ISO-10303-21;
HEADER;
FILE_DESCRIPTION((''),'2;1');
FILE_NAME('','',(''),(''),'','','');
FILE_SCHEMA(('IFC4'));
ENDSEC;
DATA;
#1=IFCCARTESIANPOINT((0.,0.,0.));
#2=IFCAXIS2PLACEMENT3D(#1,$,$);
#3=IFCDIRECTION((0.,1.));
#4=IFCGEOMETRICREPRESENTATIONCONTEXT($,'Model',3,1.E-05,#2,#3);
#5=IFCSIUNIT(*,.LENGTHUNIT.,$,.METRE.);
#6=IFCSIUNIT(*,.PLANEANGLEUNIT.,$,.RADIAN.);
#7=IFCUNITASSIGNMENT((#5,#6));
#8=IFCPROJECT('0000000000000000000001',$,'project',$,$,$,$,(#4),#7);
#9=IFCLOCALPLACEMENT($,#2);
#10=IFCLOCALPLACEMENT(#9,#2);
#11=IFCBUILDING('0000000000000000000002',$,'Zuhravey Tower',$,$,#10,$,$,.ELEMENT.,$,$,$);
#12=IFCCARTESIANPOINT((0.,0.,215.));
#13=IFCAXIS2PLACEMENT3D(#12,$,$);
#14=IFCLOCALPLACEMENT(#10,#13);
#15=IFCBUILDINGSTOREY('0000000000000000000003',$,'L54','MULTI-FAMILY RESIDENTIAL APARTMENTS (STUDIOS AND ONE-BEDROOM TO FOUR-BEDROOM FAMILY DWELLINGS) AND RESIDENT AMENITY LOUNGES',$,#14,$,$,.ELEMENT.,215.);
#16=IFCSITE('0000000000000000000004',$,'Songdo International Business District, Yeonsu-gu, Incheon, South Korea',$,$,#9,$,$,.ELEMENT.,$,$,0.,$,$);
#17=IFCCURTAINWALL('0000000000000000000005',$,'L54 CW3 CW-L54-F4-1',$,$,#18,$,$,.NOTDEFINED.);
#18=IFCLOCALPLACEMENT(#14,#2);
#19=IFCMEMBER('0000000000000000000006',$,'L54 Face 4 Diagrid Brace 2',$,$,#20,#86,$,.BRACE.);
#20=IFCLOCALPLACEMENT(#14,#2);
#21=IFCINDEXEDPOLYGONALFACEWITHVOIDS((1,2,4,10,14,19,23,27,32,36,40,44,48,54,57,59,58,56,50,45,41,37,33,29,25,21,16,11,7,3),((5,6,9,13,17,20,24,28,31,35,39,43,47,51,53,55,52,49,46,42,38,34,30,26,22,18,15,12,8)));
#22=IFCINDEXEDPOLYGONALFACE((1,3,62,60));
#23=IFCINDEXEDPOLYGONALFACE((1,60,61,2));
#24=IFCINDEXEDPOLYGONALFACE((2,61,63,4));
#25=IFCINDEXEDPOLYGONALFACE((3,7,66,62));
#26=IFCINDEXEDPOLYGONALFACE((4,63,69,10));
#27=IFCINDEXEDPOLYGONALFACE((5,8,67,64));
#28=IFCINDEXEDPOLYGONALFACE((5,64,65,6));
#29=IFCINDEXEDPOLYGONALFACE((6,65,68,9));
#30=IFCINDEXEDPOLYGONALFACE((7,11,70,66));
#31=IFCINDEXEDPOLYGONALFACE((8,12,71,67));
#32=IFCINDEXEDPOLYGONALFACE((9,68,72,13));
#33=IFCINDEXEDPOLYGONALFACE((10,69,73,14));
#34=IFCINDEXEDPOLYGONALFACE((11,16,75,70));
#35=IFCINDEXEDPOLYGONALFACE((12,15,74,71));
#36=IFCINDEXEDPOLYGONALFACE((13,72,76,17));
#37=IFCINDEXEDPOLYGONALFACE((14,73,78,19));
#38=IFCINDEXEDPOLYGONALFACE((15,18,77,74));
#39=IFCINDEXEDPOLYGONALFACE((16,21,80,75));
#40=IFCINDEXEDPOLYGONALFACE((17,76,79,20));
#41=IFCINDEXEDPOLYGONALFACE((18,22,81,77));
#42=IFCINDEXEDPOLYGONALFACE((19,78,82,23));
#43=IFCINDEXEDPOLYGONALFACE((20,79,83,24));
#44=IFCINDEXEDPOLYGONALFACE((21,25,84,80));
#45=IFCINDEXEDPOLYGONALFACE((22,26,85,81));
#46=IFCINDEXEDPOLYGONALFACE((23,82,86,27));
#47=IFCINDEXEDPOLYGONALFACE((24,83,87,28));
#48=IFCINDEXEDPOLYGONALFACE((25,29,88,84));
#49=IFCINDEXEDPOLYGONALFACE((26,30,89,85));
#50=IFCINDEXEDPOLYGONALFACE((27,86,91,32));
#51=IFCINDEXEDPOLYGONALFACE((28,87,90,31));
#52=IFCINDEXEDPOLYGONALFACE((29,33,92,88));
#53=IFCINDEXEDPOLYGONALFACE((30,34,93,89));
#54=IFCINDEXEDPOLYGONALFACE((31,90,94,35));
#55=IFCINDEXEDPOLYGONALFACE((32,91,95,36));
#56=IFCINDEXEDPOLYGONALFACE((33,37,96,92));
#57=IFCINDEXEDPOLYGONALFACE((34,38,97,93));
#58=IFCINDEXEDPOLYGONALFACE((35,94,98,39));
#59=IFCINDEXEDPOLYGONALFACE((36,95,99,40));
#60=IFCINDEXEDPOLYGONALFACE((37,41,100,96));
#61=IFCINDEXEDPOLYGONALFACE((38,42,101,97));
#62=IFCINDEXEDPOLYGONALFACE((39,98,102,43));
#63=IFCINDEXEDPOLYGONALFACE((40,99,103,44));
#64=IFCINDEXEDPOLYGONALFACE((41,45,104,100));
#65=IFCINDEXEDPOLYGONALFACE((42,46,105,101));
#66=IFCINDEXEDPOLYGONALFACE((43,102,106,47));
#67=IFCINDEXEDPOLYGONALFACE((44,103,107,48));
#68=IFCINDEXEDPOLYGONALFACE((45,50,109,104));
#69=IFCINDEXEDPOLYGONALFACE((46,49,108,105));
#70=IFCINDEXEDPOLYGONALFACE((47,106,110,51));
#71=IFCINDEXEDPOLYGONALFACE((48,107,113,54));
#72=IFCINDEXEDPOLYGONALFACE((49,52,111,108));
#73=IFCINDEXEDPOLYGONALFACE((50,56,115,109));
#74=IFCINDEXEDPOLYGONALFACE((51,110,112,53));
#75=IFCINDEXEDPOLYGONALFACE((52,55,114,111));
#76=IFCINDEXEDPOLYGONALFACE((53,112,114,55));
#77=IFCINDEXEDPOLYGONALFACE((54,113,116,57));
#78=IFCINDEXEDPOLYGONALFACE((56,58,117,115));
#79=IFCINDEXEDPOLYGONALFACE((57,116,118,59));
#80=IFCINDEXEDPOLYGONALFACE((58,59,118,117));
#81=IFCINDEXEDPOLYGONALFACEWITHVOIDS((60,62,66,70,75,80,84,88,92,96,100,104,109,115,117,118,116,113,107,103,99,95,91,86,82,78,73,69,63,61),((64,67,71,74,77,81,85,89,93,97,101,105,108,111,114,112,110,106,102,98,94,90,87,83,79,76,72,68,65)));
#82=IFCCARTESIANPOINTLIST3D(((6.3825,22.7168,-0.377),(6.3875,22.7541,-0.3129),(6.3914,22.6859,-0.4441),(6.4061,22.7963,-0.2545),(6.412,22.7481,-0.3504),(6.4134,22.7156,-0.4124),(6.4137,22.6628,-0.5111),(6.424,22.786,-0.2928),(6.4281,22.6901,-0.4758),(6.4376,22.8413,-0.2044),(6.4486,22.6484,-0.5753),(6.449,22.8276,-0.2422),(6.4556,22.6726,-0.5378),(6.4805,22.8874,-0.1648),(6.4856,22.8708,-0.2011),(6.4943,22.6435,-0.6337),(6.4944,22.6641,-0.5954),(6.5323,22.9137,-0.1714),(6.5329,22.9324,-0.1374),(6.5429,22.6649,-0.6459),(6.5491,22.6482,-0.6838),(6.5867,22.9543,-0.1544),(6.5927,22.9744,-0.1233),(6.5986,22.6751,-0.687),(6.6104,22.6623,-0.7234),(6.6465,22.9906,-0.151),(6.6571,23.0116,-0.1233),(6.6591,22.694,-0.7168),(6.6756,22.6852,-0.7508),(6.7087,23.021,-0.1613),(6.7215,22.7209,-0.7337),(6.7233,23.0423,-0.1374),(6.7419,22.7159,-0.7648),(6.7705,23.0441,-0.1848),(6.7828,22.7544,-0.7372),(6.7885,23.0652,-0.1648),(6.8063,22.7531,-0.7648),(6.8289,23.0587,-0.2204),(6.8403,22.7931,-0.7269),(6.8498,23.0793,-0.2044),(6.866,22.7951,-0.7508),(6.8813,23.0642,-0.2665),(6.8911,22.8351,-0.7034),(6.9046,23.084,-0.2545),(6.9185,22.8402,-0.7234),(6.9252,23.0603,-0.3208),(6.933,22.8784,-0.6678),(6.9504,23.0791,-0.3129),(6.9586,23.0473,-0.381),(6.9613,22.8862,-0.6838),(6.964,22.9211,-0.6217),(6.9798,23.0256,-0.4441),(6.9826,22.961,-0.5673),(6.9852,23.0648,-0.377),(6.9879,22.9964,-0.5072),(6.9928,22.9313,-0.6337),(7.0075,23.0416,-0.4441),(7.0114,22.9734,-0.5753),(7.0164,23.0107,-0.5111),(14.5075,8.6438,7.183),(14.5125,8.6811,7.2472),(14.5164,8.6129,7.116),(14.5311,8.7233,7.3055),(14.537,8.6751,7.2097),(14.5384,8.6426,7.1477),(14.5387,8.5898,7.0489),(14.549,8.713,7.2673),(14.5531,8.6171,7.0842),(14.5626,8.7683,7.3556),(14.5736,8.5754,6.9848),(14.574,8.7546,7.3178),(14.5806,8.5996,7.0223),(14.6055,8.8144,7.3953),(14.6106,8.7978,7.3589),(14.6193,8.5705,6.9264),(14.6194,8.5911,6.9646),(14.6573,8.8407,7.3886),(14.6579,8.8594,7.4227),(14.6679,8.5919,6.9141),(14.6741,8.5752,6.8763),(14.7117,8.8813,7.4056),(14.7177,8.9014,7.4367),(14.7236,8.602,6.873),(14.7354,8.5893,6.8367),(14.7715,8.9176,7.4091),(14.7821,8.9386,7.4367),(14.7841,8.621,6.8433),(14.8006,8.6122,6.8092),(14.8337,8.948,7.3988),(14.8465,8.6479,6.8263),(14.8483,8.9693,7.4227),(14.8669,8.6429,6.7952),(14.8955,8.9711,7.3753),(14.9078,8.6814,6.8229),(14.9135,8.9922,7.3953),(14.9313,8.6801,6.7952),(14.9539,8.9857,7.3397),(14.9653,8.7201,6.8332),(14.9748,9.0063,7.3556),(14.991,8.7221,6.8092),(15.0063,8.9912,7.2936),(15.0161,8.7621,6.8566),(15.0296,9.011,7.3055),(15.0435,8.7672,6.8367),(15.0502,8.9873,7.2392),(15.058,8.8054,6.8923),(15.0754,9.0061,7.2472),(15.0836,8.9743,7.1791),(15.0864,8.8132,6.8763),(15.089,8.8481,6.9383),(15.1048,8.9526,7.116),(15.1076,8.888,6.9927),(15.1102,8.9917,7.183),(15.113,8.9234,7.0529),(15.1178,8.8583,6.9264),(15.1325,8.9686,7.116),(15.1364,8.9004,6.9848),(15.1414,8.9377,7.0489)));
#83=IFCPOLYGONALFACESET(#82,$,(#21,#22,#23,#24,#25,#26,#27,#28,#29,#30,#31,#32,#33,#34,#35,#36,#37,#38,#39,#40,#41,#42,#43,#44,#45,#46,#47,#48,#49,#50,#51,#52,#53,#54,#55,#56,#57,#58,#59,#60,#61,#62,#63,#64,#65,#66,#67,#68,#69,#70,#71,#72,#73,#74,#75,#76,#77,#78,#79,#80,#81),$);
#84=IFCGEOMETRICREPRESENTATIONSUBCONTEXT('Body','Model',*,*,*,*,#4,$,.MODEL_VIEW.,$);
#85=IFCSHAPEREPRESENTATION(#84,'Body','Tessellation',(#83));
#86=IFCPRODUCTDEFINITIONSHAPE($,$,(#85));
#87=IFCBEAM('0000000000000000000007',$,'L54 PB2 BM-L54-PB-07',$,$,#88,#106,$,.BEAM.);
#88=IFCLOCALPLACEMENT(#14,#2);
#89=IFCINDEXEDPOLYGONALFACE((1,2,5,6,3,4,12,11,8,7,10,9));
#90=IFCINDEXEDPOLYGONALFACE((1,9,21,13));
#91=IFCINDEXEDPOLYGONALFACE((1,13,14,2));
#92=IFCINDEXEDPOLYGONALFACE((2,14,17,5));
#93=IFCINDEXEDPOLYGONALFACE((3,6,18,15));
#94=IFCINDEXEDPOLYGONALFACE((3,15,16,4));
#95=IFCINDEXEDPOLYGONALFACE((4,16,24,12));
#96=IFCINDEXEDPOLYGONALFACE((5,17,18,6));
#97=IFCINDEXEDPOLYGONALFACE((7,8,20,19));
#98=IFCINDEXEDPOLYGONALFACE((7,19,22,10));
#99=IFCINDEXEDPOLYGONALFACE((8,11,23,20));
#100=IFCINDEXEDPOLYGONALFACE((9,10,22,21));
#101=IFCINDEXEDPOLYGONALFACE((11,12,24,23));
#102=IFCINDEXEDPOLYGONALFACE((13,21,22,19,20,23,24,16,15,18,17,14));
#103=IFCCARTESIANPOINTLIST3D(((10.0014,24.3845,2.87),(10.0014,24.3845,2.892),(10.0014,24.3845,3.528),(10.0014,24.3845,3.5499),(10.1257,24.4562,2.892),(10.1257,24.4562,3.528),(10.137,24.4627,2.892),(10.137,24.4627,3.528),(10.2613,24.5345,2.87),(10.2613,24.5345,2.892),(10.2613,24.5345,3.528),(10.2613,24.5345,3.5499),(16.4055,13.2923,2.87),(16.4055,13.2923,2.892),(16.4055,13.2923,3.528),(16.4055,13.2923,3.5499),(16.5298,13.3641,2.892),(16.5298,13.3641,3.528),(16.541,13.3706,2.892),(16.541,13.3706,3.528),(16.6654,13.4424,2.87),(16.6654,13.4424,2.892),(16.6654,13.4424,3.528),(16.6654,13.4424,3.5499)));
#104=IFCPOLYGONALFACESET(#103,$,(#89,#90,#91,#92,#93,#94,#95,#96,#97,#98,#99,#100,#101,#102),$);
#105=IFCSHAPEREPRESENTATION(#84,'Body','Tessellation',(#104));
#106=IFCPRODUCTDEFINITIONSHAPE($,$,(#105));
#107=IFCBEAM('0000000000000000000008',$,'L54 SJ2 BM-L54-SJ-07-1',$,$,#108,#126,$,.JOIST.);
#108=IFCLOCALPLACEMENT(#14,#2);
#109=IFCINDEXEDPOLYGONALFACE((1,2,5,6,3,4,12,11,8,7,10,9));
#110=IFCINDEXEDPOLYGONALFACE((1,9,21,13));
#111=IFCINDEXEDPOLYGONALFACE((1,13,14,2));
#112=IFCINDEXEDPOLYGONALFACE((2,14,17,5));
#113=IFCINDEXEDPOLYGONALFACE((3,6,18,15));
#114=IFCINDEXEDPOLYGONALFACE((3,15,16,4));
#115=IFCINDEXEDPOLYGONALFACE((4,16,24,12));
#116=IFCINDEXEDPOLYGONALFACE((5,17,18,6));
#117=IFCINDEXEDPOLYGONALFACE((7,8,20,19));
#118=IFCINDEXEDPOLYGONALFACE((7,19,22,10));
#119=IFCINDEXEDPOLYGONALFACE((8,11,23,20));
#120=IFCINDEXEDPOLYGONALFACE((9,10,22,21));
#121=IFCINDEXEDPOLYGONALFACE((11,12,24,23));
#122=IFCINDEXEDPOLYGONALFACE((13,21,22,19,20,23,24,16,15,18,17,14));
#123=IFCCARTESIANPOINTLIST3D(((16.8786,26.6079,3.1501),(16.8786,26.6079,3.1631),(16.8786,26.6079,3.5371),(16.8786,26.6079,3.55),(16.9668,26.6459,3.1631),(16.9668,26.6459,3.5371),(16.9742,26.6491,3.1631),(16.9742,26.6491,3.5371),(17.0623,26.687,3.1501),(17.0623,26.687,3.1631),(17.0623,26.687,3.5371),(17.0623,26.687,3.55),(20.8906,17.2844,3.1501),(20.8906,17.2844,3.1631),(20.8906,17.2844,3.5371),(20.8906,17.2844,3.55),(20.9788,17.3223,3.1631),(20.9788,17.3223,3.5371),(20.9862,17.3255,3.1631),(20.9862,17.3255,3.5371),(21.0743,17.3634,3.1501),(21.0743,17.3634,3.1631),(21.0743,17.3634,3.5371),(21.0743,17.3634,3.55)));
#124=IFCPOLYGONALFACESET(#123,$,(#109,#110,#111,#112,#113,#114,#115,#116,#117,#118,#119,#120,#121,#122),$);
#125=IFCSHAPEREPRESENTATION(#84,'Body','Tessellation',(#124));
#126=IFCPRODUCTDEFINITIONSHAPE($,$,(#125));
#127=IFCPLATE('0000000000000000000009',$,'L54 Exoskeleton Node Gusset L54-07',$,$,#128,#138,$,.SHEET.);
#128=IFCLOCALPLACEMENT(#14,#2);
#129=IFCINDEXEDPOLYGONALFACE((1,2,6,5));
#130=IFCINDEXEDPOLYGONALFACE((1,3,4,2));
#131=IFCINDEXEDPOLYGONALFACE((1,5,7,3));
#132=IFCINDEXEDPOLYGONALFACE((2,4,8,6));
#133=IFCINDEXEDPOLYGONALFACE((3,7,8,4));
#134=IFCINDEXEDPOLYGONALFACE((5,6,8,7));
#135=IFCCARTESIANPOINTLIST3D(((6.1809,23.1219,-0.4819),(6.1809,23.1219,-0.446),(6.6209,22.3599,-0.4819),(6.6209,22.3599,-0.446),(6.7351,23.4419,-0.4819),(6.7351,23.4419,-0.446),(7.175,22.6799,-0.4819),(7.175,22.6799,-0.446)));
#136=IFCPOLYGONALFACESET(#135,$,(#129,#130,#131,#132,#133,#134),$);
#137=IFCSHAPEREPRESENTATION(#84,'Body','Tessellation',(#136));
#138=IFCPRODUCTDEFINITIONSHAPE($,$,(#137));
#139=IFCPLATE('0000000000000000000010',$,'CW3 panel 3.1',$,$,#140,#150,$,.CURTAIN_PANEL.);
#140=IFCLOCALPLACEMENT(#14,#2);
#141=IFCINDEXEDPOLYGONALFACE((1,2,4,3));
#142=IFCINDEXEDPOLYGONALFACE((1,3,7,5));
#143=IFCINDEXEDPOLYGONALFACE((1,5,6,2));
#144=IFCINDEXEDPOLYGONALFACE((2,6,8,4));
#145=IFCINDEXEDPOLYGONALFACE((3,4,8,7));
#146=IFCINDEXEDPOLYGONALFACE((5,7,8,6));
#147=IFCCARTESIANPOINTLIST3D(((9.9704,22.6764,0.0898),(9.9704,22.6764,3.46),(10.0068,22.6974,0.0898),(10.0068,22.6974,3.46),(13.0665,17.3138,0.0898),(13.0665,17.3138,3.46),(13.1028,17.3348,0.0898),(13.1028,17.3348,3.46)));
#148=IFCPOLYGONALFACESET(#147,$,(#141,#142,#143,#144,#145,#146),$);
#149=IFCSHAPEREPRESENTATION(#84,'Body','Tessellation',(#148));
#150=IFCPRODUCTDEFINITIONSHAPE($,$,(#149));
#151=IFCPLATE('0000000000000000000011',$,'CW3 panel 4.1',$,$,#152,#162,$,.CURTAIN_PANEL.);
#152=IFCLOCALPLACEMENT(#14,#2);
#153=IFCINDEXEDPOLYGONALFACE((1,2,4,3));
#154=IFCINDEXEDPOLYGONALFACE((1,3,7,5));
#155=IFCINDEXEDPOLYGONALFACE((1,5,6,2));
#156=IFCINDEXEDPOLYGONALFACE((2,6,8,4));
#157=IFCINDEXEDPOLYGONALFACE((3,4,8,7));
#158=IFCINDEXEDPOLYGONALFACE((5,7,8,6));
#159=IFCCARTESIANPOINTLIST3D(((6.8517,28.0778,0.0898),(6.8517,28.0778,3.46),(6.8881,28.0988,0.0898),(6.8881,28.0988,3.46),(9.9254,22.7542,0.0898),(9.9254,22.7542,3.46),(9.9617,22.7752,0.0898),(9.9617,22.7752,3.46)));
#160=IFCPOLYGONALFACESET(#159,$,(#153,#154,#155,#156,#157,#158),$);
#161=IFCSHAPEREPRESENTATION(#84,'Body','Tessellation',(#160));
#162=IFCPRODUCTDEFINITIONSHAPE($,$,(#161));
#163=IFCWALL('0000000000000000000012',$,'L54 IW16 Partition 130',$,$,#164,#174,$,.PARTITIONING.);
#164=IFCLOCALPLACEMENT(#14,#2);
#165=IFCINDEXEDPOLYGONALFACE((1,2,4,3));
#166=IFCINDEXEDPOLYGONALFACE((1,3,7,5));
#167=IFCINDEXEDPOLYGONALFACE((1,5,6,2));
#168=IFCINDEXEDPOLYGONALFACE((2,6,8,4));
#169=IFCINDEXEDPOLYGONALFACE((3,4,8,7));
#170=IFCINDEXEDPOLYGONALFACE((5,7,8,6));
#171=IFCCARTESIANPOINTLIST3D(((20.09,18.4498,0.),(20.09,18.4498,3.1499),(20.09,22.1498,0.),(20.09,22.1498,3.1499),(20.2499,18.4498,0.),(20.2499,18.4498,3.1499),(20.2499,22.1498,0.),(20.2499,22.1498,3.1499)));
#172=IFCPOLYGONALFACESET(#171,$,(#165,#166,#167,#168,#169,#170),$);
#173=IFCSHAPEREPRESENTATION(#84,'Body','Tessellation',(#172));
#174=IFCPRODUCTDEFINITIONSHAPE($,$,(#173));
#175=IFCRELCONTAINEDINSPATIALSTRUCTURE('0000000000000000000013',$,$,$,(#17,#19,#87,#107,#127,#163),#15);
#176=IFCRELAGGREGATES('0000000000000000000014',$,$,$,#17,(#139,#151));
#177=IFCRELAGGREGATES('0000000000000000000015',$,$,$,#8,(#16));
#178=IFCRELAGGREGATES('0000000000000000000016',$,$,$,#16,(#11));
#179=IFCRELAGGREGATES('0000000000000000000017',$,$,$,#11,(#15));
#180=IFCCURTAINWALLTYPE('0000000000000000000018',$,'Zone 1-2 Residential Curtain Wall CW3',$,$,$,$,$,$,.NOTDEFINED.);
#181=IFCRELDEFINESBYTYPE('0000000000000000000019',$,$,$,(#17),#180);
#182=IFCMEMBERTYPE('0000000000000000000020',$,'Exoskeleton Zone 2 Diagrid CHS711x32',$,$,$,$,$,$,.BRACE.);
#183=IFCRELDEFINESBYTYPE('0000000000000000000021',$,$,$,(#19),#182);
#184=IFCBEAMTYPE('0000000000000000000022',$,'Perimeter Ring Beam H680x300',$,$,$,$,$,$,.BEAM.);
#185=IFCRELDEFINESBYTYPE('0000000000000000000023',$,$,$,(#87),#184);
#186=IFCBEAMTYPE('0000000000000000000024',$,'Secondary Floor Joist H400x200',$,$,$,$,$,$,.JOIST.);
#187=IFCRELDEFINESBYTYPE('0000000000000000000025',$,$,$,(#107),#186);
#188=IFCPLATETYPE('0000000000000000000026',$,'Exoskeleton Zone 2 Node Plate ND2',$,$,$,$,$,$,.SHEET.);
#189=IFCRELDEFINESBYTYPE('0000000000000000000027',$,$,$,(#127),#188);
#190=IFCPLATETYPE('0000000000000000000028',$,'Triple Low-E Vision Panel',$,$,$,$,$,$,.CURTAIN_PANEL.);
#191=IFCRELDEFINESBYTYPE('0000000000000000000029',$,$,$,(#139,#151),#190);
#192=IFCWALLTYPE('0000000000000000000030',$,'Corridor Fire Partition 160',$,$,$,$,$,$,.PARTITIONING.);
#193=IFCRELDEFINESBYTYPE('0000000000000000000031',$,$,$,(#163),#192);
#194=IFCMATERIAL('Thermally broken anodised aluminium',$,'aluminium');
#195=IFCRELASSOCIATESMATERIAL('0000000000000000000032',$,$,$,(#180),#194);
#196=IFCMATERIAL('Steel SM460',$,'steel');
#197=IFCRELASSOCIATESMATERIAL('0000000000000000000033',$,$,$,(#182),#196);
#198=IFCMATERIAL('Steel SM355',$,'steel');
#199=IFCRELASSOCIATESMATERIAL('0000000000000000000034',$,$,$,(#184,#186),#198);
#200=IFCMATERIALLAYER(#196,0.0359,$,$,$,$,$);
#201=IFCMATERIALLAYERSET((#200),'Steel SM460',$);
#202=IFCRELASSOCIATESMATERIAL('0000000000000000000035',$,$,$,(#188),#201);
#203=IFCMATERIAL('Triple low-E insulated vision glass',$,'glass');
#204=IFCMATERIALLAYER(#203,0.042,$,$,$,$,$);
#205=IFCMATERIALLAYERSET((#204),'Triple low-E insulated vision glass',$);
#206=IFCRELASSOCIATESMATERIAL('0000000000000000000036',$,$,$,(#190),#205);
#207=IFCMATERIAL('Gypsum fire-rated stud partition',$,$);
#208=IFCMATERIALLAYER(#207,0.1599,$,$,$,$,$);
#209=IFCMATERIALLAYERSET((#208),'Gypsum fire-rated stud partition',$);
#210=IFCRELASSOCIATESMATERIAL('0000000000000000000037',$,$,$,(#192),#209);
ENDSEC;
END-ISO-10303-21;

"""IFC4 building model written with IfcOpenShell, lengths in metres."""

from ifc_helpers import new_model, si_unit, direction, frame, frame_2d, origin, origin_2d, place, context, subcontext, project, spatial, rectangle, hollow_circle, i_section, extrude, material, layer, layer_set, material_profile, profile_set, type_object, element, aggregate, save


model = new_model("IFC4")

# Units and contexts
model_context = context("Model", 3, precision=1e-05, world=origin(), true_north=direction((0.0, 1.0)))
body_context = subcontext(model_context, "Body", "Model", "MODEL_VIEW")
ifc_project = project(units=[si_unit("LENGTHUNIT", "METRE"), si_unit("PLANEANGLEUNIT", "RADIAN")], contexts=[model_context])

# Site, building, storey
site_placement = place(None, origin())
site = spatial("IfcSite", under=ifc_project, at=site_placement, Name="Songdo International Business District, Yeonsu-gu, Incheon, South Korea", CompositionType="ELEMENT", RefElevation=0.0)
building_placement = place(site_placement, origin())
building = spatial("IfcBuilding", under=site, at=building_placement, Name="Zuhravey Tower", CompositionType="ELEMENT")
storey_placement = place(building_placement, frame((0.0, 0.0, 215.0)))
storey = spatial("IfcBuildingStorey", under=building, at=storey_placement, Name="L54", Description="MULTI-FAMILY RESIDENTIAL APARTMENTS (STUDIOS AND ONE-BEDROOM TO FOUR-BEDROOM FAMILY DWELLINGS) AND RESIDENT AMENITY LOUNGES", CompositionType="ELEMENT", Elevation=215.0)

# Curtain wall
ifc_material_1 = material(Name="Thermally broken anodised aluminium", Category="aluminium")
curtain_wall_type = type_object("IfcCurtainWallType", Name="Zone 1-2 Residential Curtain Wall CW3", PredefinedType="NOTDEFINED", material=ifc_material_1)
curtain_wall_placement = place(storey_placement, origin())
curtain_wall = element("IfcCurtainWall", 1, at=curtain_wall_placement, inside=storey, type_object=curtain_wall_type, Name="L54 CW3 CW-L54-F4-1", PredefinedType="NOTDEFINED")

# Member
ifc_material_2 = material(Name="Steel SM355", Category="steel")
ifc_material_3 = material(Name="Steel SM460", Category="steel")
ifc_material_profile_1 = material_profile(ifc_material_3, hollow_circle(Radius=0.3557, WallThickness=0.032, at=origin_2d()), Name="CHS-711.2x32")
ifc_profile_set_1 = profile_set([ifc_material_profile_1], Name="Steel SM460")
member_type_1 = type_object("IfcMemberType", Name="Exoskeleton Zone 2 Diagrid CHS711x32", PredefinedType="BRACE", material=ifc_profile_set_1)
member_1_placement = place(storey_placement, frame((6.6995, 22.8638, -0.4441), z_axis=(0.453338, -0.78521, 0.421817), x_axis=(0.866027, 0.499998, 0.0)))
element("IfcMember", 2, at=member_1_placement, inside=storey, type_object=member_type_1, Name="L54 Face 4 Diagrid Brace 2", PredefinedType="BRACE", context=body_context, shape_type="SweptSolid", body=[
    extrude(hollow_circle(Radius=0.3557, WallThickness=0.032, at=origin_2d()), origin(), (0.0, 0.0, 1.0), 17.9226),
])

# Beams
ifc_material_profile_2 = material_profile(ifc_material_2, i_section(OverallWidth=0.3, OverallDepth=0.6799, WebThickness=0.0129, FlangeThickness=0.022, at=origin_2d()), Name="H-680x300x13x22")
ifc_profile_set_2 = profile_set([ifc_material_profile_2], Name="Steel SM355")
beam_type_1 = type_object("IfcBeamType", Name="Perimeter Ring Beam H680x300", PredefinedType="BEAM", material=ifc_profile_set_2)
beam_1_placement = place(storey_placement, frame((10.1313, 24.4595, 3.21), z_axis=(0.500004, -0.866023, 0.0), x_axis=(0.866023, 0.500004, 0.0)))
element("IfcBeam", 3, at=beam_1_placement, inside=storey, type_object=beam_type_1, Name="L54 PB2 BM-L54-PB-07", PredefinedType="BEAM", context=body_context, shape_type="SweptSolid", body=[
    extrude(i_section(OverallWidth=0.3, OverallDepth=0.6799, WebThickness=0.0129, FlangeThickness=0.022, at=origin_2d()), origin(), (0.0, 0.0, 1.0), 12.8081),
])
ifc_material_profile_3 = material_profile(ifc_material_2, i_section(OverallWidth=0.2, OverallDepth=0.3999, WebThickness=0.0081, FlangeThickness=0.0129, at=origin_2d()), Name="H-400x200x8x13")
ifc_profile_set_3 = profile_set([ifc_material_profile_3], Name="Steel SM355")
beam_type_2 = type_object("IfcBeamType", Name="Secondary Floor Joist H400x200", PredefinedType="JOIST", material=ifc_profile_set_3)
beam_2_placement = place(storey_placement, frame((16.9705, 26.6475, 3.3501), z_axis=(0.395266, -0.918567, 0.0), x_axis=(0.918567, 0.395266, 0.0)))
element("IfcBeam", 4, at=beam_2_placement, inside=storey, type_object=beam_type_2, Name="L54 SJ2 BM-L54-SJ-07-1", PredefinedType="JOIST", context=body_context, shape_type="SweptSolid", body=[
    extrude(i_section(OverallWidth=0.2, OverallDepth=0.3999, WebThickness=0.0081, FlangeThickness=0.0129, at=origin_2d()), origin(), (0.0, 0.0, 1.0), 10.1501),
])

# Plates
ifc_layer_1 = layer(ifc_material_3, 0.0359)
ifc_layer_set_1 = layer_set([ifc_layer_1], Name="Steel SM460")
plate_type_1 = type_object("IfcPlateType", Name="Exoskeleton Zone 2 Node Plate ND2", PredefinedType="SHEET", material=ifc_layer_set_1)
plate_1_placement = place(storey_placement, frame((6.678, 22.9009, -0.4819), z_axis=(0.0, 0.0, 1.0), x_axis=(0.5, -0.866025, 0.0)))
element("IfcPlate", 5, at=plate_1_placement, inside=storey, type_object=plate_type_1, Name="L54 Exoskeleton Node Gusset L54-07", PredefinedType="SHEET", context=body_context, shape_type="SweptSolid", body=[
    extrude(rectangle(XDim=0.8799, YDim=0.6399, at=origin_2d()), origin(), (0.0, 0.0, 1.0), 0.0359),
])
ifc_material_4 = material(Name="Triple low-E insulated vision glass", Category="glass")
ifc_layer_2 = layer(ifc_material_4, 0.042)
ifc_layer_set_2 = layer_set([ifc_layer_2], Name="Triple low-E insulated vision glass")
plate_type_2 = type_object("IfcPlateType", Name="Triple Low-E Vision Panel", PredefinedType="CURTAIN_PANEL", material=ifc_layer_set_2)
plate_2_placement = place(storey_placement, frame((11.5366, 20.0056, 0.0898), z_axis=(0.0, 0.0, 1.0), x_axis=(-0.500002, 0.866024, 0.0)))
plate_2 = element("IfcPlate", 6, at=plate_2_placement, type_object=plate_type_2, Name="CW3 panel 3.1", PredefinedType="CURTAIN_PANEL", context=body_context, shape_type="SweptSolid", body=[
    extrude(rectangle(XDim=6.1921, YDim=0.042, at=origin_2d()), origin(), (0.0, 0.0, 1.0), 3.3701),
])
plate_3_placement = place(storey_placement, frame((8.4067, 25.4265, 0.0898), z_axis=(0.0, 0.0, 1.0), x_axis=(-0.500002, 0.866024, 0.0)))
plate_3 = element("IfcPlate", 7, at=plate_3_placement, type_object=plate_type_2, Name="CW3 panel 4.1", PredefinedType="CURTAIN_PANEL", context=body_context, shape_type="SweptSolid", body=[
    extrude(rectangle(XDim=6.1472, YDim=0.042, at=origin_2d()), origin(), (0.0, 0.0, 1.0), 3.3701),
])
aggregate(curtain_wall, [plate_2, plate_3])

# Wall
ifc_material_5 = material(Name="Gypsum fire-rated stud partition")
ifc_layer_3 = layer(ifc_material_5, 0.1599)
ifc_layer_set_3 = layer_set([ifc_layer_3], Name="Gypsum fire-rated stud partition")
wall_type_1 = type_object("IfcWallType", Name="Corridor Fire Partition 160", PredefinedType="PARTITIONING", material=ifc_layer_set_3)
wall_1_placement = place(storey_placement, frame((20.1699, 22.1499, 0.0), z_axis=(0.0, 0.0, 1.0), x_axis=(0.0, -1.0, 0.0)))
element("IfcWall", 8, at=wall_1_placement, inside=storey, type_object=wall_type_1, Name="L54 IW16 Partition 130", PredefinedType="PARTITIONING", context=body_context, shape_type="SweptSolid", body=[
    extrude(rectangle(XDim=3.7, YDim=0.1599, at=frame_2d((1.8501, 0.0))), origin(), (0.0, 0.0, 1.0), 3.1499),
])

save(model, "model.ifc")
